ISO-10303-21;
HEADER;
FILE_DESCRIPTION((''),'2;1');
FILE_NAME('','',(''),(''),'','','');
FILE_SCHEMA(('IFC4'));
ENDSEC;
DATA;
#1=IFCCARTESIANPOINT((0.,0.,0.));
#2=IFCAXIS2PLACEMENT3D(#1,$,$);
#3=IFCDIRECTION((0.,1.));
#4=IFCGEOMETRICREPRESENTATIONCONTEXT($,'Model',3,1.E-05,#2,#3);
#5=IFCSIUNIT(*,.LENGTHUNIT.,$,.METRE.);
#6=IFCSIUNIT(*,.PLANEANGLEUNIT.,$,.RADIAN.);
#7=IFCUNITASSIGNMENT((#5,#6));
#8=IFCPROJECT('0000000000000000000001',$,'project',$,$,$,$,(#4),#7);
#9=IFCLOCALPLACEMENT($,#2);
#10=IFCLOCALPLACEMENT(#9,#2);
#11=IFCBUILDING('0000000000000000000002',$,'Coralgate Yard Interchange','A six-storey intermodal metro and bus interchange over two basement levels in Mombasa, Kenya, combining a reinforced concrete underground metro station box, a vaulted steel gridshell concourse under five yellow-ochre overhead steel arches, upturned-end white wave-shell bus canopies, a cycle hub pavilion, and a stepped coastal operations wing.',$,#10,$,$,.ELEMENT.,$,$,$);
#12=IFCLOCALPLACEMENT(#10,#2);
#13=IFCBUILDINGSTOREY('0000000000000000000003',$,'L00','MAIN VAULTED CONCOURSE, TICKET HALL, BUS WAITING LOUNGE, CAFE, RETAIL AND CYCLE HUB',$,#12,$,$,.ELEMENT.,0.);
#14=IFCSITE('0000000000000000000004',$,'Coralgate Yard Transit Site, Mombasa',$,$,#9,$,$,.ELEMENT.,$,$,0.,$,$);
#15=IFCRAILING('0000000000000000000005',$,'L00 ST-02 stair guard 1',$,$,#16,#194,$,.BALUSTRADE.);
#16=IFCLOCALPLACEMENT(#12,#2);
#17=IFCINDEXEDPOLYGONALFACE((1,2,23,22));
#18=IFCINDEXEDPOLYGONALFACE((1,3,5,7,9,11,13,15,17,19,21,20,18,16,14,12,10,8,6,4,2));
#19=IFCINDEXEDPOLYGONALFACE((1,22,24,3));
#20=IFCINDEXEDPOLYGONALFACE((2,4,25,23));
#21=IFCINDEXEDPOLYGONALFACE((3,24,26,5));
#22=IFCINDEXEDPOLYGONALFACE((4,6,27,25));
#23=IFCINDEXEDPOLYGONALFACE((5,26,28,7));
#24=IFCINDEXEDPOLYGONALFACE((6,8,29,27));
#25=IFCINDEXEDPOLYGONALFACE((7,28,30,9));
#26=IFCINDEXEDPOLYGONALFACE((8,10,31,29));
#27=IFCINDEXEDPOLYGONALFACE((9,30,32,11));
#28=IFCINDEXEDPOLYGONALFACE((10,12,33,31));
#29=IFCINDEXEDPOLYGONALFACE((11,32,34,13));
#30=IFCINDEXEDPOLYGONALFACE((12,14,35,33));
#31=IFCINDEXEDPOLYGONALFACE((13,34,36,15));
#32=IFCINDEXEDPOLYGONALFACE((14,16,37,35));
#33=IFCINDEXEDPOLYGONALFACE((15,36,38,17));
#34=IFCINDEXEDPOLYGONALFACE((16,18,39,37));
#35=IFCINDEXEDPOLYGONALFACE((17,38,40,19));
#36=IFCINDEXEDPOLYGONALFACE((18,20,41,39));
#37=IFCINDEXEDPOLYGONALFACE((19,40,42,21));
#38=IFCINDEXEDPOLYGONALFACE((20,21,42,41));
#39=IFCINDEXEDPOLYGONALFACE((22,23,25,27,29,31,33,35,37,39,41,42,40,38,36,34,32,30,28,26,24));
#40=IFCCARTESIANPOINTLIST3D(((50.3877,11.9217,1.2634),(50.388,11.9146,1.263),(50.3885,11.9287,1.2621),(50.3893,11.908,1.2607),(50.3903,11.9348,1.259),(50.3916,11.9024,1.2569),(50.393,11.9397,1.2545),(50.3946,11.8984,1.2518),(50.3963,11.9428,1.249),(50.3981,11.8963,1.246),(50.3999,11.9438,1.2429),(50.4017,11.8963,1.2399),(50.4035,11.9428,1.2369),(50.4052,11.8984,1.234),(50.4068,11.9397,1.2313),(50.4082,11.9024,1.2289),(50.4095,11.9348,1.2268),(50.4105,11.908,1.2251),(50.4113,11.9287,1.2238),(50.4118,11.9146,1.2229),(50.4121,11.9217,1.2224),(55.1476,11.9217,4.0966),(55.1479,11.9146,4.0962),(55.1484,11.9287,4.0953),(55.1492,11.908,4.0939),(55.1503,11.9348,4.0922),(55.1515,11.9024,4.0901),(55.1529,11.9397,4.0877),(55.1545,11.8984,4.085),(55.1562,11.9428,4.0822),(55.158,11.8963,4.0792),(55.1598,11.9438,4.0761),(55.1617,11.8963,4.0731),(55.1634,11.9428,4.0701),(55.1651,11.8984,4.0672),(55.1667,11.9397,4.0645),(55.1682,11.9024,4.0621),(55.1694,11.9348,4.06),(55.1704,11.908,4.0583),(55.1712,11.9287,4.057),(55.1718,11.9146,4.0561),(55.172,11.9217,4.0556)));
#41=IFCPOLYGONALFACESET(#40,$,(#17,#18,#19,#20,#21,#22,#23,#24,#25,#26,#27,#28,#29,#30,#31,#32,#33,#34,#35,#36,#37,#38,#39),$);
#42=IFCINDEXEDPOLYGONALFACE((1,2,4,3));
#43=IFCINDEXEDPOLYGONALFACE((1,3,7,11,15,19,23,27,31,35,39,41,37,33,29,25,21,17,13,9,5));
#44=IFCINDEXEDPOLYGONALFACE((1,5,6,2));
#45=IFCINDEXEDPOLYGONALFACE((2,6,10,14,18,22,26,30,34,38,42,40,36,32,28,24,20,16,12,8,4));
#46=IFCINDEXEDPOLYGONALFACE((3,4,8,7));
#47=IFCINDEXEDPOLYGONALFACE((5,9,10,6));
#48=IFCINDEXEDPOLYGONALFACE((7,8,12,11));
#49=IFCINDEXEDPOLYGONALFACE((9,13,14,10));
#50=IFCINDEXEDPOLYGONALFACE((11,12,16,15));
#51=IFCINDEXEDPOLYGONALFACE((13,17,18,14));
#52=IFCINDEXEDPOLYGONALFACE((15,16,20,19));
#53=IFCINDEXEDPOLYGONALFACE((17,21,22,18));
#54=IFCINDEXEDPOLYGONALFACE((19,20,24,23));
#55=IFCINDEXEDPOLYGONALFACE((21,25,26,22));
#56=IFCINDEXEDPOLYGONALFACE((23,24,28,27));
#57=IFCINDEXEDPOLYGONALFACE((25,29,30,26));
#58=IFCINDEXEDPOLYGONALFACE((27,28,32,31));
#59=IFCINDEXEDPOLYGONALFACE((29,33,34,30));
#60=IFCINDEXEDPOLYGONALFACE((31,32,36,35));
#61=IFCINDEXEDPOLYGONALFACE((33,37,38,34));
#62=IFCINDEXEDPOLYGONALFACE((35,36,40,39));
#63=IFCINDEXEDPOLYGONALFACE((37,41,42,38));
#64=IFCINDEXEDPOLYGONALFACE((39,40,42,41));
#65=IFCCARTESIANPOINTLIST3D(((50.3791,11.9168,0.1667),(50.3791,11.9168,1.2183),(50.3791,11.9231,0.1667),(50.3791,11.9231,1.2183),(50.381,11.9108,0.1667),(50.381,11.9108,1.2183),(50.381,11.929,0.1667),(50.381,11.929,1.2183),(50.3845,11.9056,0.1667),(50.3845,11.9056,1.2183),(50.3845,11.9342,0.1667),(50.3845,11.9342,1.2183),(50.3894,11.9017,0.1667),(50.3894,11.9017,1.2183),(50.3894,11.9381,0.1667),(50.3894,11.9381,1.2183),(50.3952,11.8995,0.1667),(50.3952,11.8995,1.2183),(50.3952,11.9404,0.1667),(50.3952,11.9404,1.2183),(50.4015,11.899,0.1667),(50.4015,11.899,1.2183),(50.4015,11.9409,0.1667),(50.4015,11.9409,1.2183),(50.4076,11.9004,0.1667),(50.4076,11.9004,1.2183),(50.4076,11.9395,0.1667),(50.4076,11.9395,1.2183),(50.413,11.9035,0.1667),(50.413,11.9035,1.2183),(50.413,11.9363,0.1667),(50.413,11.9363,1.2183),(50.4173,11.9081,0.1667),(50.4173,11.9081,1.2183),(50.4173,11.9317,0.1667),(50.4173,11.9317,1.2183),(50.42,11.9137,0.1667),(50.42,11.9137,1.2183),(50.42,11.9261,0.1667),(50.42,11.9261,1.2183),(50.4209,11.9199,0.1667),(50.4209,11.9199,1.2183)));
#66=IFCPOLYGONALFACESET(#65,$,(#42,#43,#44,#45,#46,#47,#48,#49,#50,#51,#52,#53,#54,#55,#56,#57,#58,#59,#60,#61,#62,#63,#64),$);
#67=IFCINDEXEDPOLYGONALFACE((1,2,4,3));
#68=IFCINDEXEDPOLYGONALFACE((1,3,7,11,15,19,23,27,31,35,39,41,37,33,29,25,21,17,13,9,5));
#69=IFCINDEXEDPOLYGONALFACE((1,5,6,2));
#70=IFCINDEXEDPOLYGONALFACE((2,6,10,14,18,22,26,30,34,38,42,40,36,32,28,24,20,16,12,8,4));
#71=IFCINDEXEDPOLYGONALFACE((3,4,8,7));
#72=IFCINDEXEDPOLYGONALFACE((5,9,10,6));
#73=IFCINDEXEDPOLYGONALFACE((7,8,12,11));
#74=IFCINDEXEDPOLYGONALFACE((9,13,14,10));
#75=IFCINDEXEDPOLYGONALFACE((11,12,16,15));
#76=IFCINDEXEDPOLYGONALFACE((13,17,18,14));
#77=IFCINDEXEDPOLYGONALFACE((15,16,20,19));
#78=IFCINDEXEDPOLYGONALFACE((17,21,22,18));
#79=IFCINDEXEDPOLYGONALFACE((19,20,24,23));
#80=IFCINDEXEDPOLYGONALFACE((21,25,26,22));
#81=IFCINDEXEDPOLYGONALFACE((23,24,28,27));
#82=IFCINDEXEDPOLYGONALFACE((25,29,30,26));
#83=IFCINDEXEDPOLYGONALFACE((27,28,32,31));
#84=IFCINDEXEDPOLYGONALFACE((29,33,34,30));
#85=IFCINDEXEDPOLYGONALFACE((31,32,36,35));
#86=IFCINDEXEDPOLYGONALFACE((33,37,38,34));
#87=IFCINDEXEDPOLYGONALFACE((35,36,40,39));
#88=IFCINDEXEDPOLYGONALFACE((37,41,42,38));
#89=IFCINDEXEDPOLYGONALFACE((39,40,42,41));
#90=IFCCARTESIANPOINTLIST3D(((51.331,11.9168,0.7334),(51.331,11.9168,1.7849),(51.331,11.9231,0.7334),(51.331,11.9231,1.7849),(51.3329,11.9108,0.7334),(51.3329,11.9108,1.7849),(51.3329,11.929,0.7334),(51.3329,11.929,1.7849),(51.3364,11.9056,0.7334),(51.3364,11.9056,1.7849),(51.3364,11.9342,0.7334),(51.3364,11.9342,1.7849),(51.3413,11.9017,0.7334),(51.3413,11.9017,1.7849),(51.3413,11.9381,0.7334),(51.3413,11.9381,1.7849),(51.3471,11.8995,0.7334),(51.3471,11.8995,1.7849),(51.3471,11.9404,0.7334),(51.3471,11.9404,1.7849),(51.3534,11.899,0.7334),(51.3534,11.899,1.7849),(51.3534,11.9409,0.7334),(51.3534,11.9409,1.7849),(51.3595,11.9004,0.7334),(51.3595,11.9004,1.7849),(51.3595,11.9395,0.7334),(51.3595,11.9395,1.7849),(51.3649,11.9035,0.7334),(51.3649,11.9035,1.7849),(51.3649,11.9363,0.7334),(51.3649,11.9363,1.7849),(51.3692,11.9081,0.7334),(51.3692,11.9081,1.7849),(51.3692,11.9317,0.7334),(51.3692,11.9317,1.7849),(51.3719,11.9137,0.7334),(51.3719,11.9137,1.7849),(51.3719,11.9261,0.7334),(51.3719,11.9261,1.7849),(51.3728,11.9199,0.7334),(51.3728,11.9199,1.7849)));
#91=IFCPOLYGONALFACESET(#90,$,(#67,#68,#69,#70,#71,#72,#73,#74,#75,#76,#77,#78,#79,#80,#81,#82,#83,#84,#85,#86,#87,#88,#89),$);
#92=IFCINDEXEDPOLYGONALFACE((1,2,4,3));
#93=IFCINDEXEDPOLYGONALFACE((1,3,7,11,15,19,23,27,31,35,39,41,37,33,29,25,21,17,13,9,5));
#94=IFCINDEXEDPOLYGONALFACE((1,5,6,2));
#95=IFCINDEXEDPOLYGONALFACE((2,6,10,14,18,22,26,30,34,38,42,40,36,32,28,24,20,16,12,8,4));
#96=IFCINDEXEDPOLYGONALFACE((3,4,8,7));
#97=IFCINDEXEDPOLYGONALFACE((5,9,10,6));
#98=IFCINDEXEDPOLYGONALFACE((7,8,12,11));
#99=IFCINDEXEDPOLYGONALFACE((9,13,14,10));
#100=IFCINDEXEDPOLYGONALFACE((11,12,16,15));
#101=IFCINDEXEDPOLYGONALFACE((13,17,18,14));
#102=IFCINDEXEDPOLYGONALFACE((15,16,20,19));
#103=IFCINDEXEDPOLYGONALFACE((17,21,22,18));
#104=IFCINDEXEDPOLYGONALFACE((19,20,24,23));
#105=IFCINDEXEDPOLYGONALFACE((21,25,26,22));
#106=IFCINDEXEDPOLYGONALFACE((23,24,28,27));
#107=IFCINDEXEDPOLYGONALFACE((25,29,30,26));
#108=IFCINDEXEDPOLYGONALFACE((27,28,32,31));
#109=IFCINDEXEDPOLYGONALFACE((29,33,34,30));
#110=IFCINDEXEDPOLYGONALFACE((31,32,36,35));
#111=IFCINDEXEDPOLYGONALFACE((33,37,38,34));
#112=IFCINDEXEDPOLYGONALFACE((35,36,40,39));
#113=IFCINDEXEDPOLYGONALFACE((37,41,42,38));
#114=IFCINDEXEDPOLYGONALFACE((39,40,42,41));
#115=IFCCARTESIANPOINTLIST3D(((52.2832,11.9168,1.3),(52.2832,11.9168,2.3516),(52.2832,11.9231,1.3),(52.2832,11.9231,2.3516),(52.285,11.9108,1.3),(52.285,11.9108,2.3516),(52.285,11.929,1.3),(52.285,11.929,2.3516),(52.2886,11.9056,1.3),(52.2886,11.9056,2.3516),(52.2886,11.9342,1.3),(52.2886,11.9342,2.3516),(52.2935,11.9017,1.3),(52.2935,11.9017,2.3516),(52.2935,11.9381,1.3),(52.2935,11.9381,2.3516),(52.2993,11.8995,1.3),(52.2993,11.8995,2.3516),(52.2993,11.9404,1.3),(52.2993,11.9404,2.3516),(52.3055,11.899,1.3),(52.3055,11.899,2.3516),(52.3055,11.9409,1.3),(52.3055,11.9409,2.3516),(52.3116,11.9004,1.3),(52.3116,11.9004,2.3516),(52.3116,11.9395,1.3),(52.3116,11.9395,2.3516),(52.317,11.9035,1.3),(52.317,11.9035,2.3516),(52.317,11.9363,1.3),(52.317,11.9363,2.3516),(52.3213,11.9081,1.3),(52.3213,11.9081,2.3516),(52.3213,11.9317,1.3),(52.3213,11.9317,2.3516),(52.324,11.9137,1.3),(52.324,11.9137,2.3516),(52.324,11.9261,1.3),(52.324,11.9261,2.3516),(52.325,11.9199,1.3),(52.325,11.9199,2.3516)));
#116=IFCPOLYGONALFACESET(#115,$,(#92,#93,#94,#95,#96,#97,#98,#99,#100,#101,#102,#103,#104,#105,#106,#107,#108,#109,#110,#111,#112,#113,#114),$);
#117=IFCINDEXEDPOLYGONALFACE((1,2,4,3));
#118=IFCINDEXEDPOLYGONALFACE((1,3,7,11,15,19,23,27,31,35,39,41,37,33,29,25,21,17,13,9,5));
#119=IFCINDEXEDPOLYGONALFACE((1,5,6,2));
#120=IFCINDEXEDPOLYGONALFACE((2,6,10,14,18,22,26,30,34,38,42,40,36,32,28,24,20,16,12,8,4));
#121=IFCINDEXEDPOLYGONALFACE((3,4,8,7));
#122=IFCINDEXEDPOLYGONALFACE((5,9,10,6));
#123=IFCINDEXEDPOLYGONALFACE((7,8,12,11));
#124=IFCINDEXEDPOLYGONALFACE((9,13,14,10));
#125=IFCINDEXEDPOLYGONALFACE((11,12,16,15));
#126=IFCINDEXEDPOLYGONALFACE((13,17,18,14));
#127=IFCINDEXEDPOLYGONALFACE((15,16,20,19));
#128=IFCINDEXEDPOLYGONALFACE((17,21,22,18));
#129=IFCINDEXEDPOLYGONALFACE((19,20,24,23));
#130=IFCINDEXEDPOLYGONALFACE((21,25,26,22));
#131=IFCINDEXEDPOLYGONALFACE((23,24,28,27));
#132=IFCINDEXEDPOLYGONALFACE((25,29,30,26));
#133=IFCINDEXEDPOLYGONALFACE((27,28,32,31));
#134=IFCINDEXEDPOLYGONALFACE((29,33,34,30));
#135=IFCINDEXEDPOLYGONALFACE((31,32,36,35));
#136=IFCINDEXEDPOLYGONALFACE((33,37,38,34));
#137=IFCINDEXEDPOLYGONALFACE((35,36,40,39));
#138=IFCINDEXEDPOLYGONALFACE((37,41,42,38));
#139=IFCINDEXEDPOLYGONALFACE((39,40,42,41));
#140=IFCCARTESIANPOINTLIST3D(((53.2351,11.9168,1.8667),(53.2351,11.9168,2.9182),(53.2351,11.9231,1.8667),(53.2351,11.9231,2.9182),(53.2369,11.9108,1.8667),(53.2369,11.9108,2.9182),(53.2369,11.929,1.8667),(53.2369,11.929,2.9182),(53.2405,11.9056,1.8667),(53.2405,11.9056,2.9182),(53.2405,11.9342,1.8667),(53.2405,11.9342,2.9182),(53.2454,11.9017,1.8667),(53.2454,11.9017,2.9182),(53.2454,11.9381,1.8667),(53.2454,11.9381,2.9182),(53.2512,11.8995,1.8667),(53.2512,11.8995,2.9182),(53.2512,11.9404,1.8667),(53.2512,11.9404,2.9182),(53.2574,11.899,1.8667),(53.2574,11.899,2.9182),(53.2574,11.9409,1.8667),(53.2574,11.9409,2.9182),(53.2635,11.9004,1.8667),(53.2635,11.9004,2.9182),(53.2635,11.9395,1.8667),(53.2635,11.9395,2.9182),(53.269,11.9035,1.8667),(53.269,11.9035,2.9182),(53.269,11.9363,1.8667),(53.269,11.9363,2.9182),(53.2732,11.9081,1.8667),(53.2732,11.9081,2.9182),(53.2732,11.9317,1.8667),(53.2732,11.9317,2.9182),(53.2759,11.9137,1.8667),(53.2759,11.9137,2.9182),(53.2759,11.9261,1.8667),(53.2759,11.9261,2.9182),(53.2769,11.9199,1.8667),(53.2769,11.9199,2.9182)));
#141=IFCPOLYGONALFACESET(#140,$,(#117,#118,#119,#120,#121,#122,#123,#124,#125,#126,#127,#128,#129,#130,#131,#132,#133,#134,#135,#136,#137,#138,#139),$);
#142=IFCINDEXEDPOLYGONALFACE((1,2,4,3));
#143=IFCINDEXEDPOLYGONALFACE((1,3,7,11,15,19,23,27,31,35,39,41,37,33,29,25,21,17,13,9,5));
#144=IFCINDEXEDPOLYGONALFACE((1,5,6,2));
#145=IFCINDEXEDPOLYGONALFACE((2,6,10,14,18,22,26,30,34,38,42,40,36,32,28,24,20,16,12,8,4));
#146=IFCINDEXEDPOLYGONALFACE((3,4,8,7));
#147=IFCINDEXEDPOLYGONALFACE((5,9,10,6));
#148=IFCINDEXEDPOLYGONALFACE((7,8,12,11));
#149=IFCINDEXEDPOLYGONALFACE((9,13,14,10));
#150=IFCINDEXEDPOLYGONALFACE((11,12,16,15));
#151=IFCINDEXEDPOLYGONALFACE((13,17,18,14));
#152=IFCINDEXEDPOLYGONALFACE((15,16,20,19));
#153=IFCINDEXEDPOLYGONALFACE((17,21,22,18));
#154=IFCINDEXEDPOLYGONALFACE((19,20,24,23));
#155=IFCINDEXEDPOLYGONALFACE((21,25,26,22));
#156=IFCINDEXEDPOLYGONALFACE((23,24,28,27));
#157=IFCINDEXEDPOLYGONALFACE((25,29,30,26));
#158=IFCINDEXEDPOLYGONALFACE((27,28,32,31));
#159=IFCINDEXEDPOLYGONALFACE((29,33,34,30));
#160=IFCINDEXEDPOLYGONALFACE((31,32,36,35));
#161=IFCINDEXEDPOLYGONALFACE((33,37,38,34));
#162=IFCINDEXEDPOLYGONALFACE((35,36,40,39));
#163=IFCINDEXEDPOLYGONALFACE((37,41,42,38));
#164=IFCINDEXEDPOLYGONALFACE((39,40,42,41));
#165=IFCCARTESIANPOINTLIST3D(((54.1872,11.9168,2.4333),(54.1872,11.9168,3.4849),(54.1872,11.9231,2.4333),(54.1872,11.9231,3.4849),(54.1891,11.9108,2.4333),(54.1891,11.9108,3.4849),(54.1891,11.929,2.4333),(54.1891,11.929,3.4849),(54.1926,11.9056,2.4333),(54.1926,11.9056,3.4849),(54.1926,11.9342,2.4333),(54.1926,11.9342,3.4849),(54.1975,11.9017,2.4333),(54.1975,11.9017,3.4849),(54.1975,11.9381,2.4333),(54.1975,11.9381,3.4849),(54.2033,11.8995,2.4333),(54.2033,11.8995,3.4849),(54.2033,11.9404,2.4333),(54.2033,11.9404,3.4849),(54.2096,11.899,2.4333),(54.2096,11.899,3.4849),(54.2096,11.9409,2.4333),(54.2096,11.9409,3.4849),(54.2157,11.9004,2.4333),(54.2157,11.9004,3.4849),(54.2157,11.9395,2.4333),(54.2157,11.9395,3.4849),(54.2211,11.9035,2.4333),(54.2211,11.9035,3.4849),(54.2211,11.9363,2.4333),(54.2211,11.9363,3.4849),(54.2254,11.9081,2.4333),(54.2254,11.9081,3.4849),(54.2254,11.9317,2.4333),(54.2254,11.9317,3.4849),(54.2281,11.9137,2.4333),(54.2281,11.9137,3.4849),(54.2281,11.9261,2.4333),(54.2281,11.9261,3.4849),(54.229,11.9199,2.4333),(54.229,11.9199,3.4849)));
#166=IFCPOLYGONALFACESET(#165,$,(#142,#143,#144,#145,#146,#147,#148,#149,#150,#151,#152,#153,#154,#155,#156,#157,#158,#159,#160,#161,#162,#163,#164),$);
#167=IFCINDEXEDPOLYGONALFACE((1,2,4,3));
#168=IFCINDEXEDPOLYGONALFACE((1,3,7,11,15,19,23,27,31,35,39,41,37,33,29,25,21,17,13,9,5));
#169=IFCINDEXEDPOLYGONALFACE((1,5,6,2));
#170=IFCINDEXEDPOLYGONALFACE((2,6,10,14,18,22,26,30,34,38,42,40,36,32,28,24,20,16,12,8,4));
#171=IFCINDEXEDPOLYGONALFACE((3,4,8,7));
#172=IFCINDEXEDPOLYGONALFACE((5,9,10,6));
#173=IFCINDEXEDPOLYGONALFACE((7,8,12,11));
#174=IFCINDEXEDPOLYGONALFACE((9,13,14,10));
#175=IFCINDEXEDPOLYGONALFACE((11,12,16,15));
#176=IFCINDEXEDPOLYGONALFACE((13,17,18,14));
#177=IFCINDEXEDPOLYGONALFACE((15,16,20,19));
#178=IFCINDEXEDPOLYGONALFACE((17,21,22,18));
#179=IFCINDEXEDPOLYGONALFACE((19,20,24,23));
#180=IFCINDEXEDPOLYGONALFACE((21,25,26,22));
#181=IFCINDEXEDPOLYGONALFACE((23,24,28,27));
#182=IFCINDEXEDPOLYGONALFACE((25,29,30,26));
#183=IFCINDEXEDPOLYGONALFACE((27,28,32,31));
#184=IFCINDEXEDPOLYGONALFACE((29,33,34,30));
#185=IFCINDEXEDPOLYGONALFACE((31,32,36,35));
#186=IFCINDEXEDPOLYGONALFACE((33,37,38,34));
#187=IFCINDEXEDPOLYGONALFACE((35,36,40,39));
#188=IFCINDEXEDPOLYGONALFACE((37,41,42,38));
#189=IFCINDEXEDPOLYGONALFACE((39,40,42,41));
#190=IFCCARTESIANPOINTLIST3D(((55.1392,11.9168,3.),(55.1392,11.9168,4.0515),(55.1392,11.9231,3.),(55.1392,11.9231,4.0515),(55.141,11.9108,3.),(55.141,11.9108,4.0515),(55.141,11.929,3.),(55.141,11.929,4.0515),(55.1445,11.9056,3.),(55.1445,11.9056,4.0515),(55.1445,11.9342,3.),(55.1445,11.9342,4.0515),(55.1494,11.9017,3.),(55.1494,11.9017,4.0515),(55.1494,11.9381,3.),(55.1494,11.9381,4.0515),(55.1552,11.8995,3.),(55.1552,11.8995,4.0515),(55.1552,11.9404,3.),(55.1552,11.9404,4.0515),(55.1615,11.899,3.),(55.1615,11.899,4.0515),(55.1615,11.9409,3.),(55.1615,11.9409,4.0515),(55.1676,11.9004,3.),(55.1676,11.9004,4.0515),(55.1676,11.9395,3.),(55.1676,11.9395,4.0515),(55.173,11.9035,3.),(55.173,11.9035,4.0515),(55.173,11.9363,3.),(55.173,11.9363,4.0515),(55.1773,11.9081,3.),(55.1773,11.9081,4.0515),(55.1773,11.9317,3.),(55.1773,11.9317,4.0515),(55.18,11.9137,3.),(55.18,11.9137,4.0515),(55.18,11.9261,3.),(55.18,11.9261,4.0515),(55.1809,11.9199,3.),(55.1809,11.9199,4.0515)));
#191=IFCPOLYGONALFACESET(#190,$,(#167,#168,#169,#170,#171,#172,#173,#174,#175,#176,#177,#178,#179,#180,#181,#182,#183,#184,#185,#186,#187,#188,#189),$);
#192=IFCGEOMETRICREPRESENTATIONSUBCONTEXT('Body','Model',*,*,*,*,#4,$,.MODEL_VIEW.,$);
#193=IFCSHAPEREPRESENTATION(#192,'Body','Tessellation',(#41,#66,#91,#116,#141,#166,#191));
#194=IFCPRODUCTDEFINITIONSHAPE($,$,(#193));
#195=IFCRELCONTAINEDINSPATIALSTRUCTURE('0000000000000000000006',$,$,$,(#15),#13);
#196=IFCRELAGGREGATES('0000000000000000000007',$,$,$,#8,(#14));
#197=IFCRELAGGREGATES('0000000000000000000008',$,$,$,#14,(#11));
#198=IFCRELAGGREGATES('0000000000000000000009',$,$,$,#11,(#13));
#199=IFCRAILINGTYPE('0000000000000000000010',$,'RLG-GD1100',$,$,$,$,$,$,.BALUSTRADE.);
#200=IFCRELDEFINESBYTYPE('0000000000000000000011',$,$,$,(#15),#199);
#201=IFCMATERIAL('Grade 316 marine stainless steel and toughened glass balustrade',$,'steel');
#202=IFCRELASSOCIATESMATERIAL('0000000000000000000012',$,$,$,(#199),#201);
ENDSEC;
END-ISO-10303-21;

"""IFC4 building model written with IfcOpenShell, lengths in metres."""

from ifc_helpers import new_model, si_unit, direction, frame, origin, origin_2d, place, context, subcontext, project, spatial, circle, extrude, material, type_object, element, save


model = new_model("IFC4")

# Units and contexts
model_context = context("Model", 3, precision=1e-05, world=origin(), true_north=direction((0.0, 1.0)))
body_context = subcontext(model_context, "Body", "Model", "MODEL_VIEW")
ifc_project = project(units=[si_unit("LENGTHUNIT", "METRE"), si_unit("PLANEANGLEUNIT", "RADIAN")], contexts=[model_context])

# Site, building, storey
site_placement = place(None, origin())
site = spatial("IfcSite", under=ifc_project, at=site_placement, Name="Coralgate Yard Transit Site, Mombasa", CompositionType="ELEMENT", RefElevation=0.0)
building_placement = place(site_placement, origin())
building = spatial("IfcBuilding", under=site, at=building_placement, Name="Coralgate Yard Interchange", Description="A six-storey intermodal metro and bus interchange over two basement levels in Mombasa, Kenya, combining a reinforced concrete underground metro station box, a vaulted steel gridshell concourse under five yellow-ochre overhead steel arches, upturned-end white wave-shell bus canopies, a cycle hub pavilion, and a stepped coastal operations wing.", CompositionType="ELEMENT")
storey_placement = place(building_placement, origin())
storey = spatial("IfcBuildingStorey", under=building, at=storey_placement, Name="L00", Description="MAIN VAULTED CONCOURSE, TICKET HALL, BUS WAITING LOUNGE, CAFE, RETAIL AND CYCLE HUB", CompositionType="ELEMENT", Elevation=0.0)

# Railing
ifc_material_1 = material(Name="Grade 316 marine stainless steel and toughened glass balustrade", Category="steel")
railing_type_1 = type_object("IfcRailingType", Name="RLG-GD1100", PredefinedType="BALUSTRADE", material=ifc_material_1)
railing_1_placement = place(storey_placement, frame((50.3999, 11.9199, 0.1667)))
element("IfcRailing", 1, at=railing_1_placement, inside=storey, type_object=railing_type_1, Name="L00 ST-02 stair guard 1", PredefinedType="BALUSTRADE", context=body_context, shape_type="SweptSolid", body=[
    extrude(circle(Radius=0.0239, at=origin_2d()), frame((0.0, 0.0, 1.0762), z_axis=(0.8593, 0.0, 0.511472), x_axis=(0.0, 1.0, 0.0)), (0.0, 0.0, 1.0), 5.5393),
    extrude(circle(Radius=0.021, at=origin_2d()), origin(), (0.0, 0.0, 1.0), 1.0515),
    extrude(circle(Radius=0.021, at=origin_2d()), frame((0.9519, 0.0, 0.5667)), (0.0, 0.0, 1.0), 1.0515),
    extrude(circle(Radius=0.021, at=origin_2d()), frame((1.9041, 0.0, 1.1333)), (0.0, 0.0, 1.0), 1.0515),
    extrude(circle(Radius=0.021, at=origin_2d()), frame((2.856, 0.0, 1.7)), (0.0, 0.0, 1.0), 1.0515),
    extrude(circle(Radius=0.021, at=origin_2d()), frame((3.8081, 0.0, 2.2666)), (0.0, 0.0, 1.0), 1.0515),
    extrude(circle(Radius=0.021, at=origin_2d()), frame((4.76, 0.0, 2.8333)), (0.0, 0.0, 1.0), 1.0515),
])

save(model, "model.ifc")
